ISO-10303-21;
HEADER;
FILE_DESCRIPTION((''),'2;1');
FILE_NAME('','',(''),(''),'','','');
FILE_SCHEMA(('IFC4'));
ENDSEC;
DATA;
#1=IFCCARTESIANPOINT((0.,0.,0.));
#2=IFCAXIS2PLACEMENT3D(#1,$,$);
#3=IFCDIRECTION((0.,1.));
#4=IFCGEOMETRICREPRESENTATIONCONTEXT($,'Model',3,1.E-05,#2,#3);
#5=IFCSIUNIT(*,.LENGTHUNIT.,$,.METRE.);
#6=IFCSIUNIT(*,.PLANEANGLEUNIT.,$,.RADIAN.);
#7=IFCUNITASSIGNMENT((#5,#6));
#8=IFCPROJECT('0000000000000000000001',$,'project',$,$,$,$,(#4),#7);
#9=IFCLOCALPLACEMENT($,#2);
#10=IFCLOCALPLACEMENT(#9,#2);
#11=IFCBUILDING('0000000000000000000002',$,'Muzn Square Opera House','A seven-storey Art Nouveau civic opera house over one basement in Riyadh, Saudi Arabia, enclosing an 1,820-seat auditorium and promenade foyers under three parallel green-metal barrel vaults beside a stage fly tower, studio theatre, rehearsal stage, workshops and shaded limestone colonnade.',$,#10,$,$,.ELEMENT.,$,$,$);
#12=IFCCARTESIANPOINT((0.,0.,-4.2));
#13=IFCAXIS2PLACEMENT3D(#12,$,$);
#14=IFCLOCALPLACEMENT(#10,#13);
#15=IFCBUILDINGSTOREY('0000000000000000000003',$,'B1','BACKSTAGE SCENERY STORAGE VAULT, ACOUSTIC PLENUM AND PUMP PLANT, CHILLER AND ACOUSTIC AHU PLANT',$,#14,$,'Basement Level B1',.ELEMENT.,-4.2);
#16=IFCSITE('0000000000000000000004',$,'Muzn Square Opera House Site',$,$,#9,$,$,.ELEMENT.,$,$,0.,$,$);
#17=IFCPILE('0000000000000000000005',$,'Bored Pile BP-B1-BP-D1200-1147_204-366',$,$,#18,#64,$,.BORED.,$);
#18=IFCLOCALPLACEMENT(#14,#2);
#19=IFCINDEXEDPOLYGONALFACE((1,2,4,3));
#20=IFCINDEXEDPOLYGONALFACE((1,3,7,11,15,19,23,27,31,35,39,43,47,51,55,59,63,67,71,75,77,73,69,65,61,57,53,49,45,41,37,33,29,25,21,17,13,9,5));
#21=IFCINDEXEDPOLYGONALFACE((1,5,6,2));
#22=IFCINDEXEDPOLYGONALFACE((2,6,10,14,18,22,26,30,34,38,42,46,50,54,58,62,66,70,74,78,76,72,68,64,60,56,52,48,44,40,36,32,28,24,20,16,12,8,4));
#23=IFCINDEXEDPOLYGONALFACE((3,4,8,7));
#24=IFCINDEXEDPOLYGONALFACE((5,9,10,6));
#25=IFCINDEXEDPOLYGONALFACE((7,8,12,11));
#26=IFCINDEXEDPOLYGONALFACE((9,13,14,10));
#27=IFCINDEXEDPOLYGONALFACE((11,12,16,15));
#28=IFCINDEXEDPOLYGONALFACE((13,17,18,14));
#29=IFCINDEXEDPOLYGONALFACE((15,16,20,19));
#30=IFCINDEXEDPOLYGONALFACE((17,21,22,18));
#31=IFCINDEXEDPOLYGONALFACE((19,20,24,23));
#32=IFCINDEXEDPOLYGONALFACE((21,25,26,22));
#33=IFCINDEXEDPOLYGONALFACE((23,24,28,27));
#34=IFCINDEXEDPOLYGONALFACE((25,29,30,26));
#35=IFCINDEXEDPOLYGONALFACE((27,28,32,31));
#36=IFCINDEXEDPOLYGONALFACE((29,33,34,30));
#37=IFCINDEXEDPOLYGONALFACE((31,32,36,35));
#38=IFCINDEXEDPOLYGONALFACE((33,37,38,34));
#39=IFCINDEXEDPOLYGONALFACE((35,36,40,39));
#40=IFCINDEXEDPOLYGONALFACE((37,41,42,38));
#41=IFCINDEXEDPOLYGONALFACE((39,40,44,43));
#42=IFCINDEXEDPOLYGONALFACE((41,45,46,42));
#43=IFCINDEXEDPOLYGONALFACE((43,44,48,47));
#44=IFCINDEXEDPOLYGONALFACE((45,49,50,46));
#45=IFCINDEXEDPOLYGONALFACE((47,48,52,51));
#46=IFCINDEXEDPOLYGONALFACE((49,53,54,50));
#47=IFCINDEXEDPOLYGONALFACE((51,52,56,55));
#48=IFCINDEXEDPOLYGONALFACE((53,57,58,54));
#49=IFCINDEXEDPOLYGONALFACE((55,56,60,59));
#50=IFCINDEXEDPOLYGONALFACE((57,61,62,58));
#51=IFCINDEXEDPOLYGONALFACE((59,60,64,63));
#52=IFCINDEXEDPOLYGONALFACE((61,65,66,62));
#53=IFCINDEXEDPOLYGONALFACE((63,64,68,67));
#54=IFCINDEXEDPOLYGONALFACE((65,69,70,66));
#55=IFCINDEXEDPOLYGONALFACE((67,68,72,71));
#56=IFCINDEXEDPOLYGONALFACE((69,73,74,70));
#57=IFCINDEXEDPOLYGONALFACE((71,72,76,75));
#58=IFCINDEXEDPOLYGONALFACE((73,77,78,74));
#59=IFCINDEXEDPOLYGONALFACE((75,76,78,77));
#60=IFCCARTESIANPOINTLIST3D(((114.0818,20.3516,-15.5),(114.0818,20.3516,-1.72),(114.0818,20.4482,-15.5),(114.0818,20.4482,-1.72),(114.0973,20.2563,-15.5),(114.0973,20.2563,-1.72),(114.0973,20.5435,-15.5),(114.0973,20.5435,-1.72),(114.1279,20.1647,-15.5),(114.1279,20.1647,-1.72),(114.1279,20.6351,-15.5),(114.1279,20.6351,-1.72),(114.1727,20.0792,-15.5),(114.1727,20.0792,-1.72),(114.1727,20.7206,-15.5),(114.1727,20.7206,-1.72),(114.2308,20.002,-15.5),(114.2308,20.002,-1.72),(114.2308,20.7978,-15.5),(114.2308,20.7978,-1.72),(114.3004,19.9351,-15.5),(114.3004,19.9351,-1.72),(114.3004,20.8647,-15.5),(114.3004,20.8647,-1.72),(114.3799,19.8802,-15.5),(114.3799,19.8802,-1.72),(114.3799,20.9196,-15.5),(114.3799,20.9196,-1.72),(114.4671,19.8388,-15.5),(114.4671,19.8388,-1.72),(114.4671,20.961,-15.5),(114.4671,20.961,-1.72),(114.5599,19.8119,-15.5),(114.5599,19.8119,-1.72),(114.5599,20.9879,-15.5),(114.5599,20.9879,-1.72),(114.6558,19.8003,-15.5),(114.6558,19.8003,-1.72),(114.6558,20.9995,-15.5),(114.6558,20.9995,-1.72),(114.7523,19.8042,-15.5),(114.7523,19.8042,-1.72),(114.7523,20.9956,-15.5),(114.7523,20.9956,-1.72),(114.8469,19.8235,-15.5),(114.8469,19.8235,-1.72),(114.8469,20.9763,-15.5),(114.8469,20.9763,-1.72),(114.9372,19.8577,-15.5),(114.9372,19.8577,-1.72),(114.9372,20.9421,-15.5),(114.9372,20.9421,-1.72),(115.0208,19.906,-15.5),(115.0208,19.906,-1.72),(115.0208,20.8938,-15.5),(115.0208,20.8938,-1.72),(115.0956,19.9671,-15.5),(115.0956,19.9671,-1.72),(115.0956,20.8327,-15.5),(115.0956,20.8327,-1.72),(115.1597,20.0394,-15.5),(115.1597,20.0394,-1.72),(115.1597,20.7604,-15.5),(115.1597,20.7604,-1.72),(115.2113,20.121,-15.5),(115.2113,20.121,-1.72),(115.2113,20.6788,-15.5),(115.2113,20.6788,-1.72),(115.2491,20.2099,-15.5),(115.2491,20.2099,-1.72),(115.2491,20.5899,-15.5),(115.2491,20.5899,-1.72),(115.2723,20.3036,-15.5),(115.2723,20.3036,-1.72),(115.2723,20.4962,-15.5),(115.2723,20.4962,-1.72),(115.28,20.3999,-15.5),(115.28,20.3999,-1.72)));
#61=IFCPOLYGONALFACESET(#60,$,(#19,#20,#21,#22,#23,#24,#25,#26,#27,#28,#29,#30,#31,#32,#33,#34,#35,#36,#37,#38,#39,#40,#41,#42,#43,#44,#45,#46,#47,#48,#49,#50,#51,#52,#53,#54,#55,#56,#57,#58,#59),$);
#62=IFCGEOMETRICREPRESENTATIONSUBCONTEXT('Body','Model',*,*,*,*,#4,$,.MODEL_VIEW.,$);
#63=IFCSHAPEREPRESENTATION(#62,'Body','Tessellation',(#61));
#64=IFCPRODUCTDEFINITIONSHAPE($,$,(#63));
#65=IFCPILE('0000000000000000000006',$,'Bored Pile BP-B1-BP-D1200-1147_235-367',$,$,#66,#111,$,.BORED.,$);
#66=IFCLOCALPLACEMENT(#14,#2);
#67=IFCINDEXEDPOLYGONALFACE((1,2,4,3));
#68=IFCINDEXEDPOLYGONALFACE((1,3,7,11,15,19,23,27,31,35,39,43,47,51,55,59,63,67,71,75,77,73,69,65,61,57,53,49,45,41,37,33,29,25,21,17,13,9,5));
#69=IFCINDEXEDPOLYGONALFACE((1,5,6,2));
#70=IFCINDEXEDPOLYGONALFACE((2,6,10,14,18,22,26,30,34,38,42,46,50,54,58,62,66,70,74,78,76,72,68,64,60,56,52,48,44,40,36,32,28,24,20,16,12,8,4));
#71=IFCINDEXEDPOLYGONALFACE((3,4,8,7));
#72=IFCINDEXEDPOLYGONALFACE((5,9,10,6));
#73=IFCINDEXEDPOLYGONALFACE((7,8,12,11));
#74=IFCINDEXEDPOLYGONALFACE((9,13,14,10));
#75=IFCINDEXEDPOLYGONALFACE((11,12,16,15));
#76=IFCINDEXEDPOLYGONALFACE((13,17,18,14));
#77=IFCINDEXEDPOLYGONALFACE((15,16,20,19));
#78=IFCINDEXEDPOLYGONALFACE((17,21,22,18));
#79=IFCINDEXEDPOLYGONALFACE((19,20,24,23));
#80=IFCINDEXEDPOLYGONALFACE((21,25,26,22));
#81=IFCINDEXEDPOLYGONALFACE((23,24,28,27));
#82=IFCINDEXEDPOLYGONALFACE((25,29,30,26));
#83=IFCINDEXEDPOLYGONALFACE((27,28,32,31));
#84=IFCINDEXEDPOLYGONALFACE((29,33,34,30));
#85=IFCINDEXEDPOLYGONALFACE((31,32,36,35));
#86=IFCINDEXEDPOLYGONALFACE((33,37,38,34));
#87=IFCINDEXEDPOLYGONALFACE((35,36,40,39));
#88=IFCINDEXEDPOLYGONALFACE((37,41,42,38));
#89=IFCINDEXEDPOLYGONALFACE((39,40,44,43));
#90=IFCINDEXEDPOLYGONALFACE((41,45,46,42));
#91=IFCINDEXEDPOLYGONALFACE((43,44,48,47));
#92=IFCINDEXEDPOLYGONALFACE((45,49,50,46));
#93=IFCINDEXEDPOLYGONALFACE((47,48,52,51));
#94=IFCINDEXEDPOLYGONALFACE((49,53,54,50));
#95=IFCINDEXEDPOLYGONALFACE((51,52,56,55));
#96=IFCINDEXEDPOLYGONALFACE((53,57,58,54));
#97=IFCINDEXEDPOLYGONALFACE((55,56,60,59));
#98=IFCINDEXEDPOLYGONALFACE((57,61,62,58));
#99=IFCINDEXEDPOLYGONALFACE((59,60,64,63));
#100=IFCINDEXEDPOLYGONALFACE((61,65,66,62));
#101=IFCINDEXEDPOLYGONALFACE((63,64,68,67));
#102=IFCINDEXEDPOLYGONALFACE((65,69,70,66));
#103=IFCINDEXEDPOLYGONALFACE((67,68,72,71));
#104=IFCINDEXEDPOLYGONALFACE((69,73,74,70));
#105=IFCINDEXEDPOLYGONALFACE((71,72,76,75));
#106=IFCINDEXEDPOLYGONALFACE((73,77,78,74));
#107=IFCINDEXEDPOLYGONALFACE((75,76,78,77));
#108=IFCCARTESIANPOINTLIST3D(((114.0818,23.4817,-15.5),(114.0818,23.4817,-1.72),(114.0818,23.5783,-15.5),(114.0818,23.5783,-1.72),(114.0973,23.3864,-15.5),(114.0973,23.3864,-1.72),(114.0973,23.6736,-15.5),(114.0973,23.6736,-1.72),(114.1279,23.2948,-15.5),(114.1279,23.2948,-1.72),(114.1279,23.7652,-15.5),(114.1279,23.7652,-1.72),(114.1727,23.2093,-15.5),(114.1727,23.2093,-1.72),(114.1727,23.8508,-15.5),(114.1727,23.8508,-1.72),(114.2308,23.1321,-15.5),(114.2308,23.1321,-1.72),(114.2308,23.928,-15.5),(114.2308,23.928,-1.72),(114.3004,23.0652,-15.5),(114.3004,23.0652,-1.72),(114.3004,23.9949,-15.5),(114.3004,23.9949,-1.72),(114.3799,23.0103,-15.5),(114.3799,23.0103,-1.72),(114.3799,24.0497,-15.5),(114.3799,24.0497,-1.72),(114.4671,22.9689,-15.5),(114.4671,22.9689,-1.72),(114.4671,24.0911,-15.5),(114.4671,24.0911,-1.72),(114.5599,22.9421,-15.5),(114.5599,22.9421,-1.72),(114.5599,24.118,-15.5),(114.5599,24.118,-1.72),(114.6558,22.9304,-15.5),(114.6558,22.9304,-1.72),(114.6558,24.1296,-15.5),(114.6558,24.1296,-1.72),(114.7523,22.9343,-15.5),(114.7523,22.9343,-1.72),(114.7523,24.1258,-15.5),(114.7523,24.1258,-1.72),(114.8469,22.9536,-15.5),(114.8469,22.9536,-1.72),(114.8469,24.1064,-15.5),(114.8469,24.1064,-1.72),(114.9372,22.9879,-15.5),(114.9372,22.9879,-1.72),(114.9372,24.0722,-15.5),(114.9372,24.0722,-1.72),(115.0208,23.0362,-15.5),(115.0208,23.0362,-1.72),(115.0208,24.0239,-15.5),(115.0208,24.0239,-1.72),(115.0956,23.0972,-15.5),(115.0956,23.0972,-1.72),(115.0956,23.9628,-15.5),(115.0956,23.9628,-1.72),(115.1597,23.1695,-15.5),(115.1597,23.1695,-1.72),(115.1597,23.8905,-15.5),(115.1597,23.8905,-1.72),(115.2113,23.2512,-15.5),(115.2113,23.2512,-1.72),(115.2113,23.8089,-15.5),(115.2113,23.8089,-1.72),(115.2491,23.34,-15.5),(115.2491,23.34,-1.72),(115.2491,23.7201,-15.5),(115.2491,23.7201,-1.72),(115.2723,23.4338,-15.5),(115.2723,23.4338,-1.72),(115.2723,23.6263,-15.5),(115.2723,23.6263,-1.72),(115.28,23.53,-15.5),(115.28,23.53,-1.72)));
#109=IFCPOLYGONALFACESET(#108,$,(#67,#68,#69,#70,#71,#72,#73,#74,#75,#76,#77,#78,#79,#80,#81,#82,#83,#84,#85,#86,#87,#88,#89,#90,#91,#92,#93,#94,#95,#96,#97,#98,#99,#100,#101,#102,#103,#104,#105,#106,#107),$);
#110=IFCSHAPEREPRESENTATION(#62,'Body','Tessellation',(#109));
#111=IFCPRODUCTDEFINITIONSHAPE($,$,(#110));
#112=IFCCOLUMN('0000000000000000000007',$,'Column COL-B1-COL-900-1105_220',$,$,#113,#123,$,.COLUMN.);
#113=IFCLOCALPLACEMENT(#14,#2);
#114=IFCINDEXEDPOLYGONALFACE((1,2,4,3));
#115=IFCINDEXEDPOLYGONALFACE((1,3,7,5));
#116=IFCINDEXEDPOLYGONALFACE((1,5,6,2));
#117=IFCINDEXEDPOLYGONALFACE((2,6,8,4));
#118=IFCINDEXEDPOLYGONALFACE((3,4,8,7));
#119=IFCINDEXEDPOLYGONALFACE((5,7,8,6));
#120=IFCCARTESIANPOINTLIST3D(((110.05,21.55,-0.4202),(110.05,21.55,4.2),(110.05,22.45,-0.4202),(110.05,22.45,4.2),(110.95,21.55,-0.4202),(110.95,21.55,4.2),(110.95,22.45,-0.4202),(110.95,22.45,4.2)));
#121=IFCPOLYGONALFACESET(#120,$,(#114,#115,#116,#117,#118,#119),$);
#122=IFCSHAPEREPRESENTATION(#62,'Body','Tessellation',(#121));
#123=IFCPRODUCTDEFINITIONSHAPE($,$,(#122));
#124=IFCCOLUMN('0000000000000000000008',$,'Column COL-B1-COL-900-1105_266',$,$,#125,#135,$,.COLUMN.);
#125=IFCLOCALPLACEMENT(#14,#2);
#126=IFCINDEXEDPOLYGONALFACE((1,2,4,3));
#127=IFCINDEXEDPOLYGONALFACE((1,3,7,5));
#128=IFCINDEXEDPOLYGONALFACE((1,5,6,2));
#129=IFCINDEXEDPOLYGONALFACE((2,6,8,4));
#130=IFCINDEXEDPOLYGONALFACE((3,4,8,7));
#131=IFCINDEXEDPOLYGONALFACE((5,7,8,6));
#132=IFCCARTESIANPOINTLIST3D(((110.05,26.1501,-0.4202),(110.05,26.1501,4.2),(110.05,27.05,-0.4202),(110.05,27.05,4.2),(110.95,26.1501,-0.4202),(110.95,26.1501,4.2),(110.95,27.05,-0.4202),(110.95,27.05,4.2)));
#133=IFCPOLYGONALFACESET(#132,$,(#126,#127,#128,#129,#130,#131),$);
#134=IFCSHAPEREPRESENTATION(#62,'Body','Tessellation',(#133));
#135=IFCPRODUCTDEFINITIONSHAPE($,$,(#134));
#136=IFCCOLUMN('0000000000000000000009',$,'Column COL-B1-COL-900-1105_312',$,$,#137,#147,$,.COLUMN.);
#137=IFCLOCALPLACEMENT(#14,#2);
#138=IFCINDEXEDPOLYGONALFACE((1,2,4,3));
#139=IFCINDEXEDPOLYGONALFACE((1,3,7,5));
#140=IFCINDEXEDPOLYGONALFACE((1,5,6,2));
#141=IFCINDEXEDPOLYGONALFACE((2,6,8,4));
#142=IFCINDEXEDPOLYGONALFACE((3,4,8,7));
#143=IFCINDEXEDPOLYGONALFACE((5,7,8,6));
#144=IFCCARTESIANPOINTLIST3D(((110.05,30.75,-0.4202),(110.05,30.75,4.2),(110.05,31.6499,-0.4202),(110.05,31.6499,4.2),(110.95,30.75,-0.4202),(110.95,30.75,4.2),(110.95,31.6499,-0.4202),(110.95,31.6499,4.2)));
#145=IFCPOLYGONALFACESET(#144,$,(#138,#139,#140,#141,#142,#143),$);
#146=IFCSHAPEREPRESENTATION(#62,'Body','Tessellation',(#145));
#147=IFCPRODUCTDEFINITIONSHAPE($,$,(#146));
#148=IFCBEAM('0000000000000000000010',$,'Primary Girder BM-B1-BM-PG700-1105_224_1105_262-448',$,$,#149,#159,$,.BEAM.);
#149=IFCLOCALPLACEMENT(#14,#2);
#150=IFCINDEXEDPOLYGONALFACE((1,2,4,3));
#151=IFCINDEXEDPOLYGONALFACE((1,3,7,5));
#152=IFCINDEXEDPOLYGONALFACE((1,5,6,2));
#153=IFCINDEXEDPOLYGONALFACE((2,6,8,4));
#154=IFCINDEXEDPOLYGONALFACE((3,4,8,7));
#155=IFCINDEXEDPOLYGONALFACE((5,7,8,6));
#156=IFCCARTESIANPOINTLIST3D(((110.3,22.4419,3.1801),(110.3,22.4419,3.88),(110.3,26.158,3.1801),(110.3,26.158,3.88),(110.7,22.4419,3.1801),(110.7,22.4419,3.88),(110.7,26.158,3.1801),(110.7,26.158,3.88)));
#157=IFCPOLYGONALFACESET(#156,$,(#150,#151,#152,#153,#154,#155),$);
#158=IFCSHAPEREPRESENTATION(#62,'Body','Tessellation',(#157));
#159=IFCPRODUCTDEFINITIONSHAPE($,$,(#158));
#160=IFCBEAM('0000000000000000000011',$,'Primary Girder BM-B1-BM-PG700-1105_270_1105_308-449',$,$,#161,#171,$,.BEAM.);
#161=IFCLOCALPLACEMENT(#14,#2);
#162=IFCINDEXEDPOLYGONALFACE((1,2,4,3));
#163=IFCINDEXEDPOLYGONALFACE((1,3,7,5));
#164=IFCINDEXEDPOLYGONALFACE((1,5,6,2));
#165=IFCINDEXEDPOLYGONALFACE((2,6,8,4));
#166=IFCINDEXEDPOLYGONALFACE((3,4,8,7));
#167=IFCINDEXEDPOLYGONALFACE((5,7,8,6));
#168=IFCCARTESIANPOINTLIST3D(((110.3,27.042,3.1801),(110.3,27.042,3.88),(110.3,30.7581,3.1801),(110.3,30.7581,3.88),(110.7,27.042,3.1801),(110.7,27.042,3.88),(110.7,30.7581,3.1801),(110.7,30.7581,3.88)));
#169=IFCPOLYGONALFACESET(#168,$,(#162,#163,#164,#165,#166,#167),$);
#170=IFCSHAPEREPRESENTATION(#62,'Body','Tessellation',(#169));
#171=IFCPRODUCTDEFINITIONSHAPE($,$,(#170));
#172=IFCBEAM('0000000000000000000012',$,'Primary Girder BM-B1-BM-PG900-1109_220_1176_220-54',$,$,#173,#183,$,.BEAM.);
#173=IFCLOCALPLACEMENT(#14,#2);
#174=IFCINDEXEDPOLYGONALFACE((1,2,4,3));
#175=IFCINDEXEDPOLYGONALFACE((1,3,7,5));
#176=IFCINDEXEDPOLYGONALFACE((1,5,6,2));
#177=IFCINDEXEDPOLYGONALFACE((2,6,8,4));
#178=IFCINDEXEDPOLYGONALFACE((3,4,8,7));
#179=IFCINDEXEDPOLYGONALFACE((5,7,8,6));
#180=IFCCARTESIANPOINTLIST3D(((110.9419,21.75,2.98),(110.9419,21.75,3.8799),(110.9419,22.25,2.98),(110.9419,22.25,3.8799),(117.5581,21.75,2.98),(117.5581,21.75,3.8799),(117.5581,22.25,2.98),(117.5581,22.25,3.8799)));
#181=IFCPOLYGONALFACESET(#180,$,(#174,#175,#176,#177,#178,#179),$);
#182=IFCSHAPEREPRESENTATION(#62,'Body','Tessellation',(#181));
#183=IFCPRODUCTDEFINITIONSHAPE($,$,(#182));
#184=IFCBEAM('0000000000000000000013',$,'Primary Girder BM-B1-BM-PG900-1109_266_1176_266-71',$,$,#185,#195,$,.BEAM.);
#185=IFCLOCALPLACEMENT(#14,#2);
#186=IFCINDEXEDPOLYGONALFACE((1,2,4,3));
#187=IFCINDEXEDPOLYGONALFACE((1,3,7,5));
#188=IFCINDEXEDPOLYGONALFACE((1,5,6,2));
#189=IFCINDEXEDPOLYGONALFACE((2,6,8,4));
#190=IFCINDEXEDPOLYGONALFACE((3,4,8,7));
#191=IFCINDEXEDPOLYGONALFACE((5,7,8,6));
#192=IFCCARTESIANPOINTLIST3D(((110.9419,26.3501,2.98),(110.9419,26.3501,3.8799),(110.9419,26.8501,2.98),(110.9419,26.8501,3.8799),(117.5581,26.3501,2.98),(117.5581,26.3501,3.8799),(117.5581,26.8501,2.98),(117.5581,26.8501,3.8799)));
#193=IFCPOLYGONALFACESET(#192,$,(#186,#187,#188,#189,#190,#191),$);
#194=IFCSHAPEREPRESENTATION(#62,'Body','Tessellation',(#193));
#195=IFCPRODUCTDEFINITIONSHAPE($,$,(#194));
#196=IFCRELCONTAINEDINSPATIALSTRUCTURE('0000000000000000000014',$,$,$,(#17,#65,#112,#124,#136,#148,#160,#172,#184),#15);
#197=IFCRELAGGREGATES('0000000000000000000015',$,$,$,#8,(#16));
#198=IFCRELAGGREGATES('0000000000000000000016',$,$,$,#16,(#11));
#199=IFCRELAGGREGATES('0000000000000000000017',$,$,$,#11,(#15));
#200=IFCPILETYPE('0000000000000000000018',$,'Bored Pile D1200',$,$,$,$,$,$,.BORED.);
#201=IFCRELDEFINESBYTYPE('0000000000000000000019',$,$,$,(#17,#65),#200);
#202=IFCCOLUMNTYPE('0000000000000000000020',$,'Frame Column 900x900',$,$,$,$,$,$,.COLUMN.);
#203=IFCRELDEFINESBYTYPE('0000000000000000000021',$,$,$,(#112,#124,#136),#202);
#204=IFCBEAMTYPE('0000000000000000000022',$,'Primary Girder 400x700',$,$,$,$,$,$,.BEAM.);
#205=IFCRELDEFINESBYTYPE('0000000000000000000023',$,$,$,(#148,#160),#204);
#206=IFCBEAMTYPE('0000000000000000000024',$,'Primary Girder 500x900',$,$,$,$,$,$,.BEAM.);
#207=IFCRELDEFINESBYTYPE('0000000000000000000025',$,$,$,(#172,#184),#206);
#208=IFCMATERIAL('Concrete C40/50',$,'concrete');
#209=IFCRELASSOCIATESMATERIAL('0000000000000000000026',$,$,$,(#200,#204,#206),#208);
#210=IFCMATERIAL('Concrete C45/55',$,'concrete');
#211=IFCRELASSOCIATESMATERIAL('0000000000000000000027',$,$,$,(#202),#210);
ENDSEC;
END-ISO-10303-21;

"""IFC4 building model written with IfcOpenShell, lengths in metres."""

from ifc_helpers import new_model, si_unit, direction, frame, origin, origin_2d, place, context, subcontext, project, spatial, rectangle, circle, extrude, material, material_profile, profile_set, type_object, element, save


model = new_model("IFC4")

# Units and contexts
model_context = context("Model", 3, precision=1e-05, world=origin(), true_north=direction((0.0, 1.0)))
body_context = subcontext(model_context, "Body", "Model", "MODEL_VIEW")
ifc_project = project(units=[si_unit("LENGTHUNIT", "METRE"), si_unit("PLANEANGLEUNIT", "RADIAN")], contexts=[model_context])

# Site, building, storey
site_placement = place(None, origin())
site = spatial("IfcSite", under=ifc_project, at=site_placement, Name="Muzn Square Opera House Site", CompositionType="ELEMENT", RefElevation=0.0)
building_placement = place(site_placement, origin())
building = spatial("IfcBuilding", under=site, at=building_placement, Name="Muzn Square Opera House", Description="A seven-storey Art Nouveau civic opera house over one basement in Riyadh, Saudi Arabia, enclosing an 1,820-seat auditorium and promenade foyers under three parallel green-metal barrel vaults beside a stage fly tower, studio theatre, rehearsal stage, workshops and shaded limestone colonnade.", CompositionType="ELEMENT")
storey_placement = place(building_placement, frame((0.0, 0.0, -4.2)))
storey = spatial("IfcBuildingStorey", under=building, at=storey_placement, Name="B1", Description="BACKSTAGE SCENERY STORAGE VAULT, ACOUSTIC PLENUM AND PUMP PLANT, CHILLER AND ACOUSTIC AHU PLANT", LongName="Basement Level B1", CompositionType="ELEMENT", Elevation=-4.2)

# Piles
ifc_material_1 = material(Name="Concrete C40/50", Category="concrete")
ifc_material_profile_1 = material_profile(ifc_material_1, circle(Radius=0.6001, at=origin_2d()), Name="BORED PILE D1200", Category="concrete")
ifc_profile_set_1 = profile_set([ifc_material_profile_1], Name="Concrete C40/50")
pile_type = type_object("IfcPileType", Name="Bored Pile D1200", PredefinedType="BORED", material=ifc_profile_set_1)
for number, where, z_axis, x_axis, name in (
    (1, (114.6799, 20.3999, -1.72), (0.0, 0.0, -1.0), (1.0, 0.0, 0.0), "Bored Pile BP-B1-BP-D1200-1147_204-366"),
    (2, (114.6799, 23.53, -1.72), (0.0, 0.0, -1.0), (1.0, 0.0, 0.0), "Bored Pile BP-B1-BP-D1200-1147_235-367"),
):
    element("IfcPile", number, at=place(storey_placement, frame(where, z_axis=z_axis, x_axis=x_axis)), inside=storey, type_object=pile_type, Name=name, PredefinedType="BORED", context=body_context, shape_type="SweptSolid", body=[
        extrude(circle(Radius=0.6001, at=origin_2d()), origin(), (0.0, 0.0, 1.0), 13.78),
    ])

# Columns
ifc_material_2 = material(Name="Concrete C45/55", Category="concrete")
ifc_material_profile_2 = material_profile(ifc_material_2, rectangle(XDim=0.8999, YDim=0.8999, at=origin_2d()), Name="RC 900x900", Category="concrete")
ifc_profile_set_2 = profile_set([ifc_material_profile_2], Name="Concrete C45/55")
column_type = type_object("IfcColumnType", Name="Frame Column 900x900", PredefinedType="COLUMN", material=ifc_profile_set_2)
for number, where, z_axis, x_axis, name in (
    (3, (110.5, 22.0, -0.4202), (0.0, 0.0, 1.0), (1.0, 0.0, 0.0), "Column COL-B1-COL-900-1105_220"),
    (4, (110.5, 26.6001, -0.4202), (0.0, 0.0, 1.0), (1.0, 0.0, 0.0), "Column COL-B1-COL-900-1105_266"),
    (5, (110.5, 31.2, -0.4202), (0.0, 0.0, 1.0), (1.0, 0.0, 0.0), "Column COL-B1-COL-900-1105_312"),
):
    element("IfcColumn", number, at=place(storey_placement, frame(where, z_axis=z_axis, x_axis=x_axis)), inside=storey, type_object=column_type, Name=name, PredefinedType="COLUMN", context=body_context, shape_type="SweptSolid", body=[
        extrude(rectangle(XDim=0.8999, YDim=0.8999, at=origin_2d()), origin(), (0.0, 0.0, 1.0), 4.6201),
    ])

# Beams
ifc_material_profile_3 = material_profile(ifc_material_1, rectangle(XDim=0.3999, YDim=0.7, at=origin_2d()), Name="RCB 400x700", Category="concrete")
ifc_profile_set_3 = profile_set([ifc_material_profile_3], Name="Concrete C40/50")
beam_type_1 = type_object("IfcBeamType", Name="Primary Girder 400x700", PredefinedType="BEAM", material=ifc_profile_set_3)
for number, where, z_axis, x_axis, name in (
    (6, (110.5, 22.4419, 3.53), (0.0, 1.0, 0.0), (-1.0, 0.0, 0.0), "Primary Girder BM-B1-BM-PG700-1105_224_1105_262-448"),
    (7, (110.5, 27.042, 3.53), (0.0, 1.0, 0.0), (-1.0, 0.0, 0.0), "Primary Girder BM-B1-BM-PG700-1105_270_1105_308-449"),
):
    element("IfcBeam", number, at=place(storey_placement, frame(where, z_axis=z_axis, x_axis=x_axis)), inside=storey, type_object=beam_type_1, Name=name, PredefinedType="BEAM", context=body_context, shape_type="SweptSolid", body=[
        extrude(rectangle(XDim=0.3999, YDim=0.7, at=origin_2d()), origin(), (0.0, 0.0, 1.0), 3.7161),
    ])
ifc_material_profile_4 = material_profile(ifc_material_1, rectangle(XDim=0.5, YDim=0.8999, at=origin_2d()), Name="RCB 500x900", Category="concrete")
ifc_profile_set_4 = profile_set([ifc_material_profile_4], Name="Concrete C40/50")
beam_type_2 = type_object("IfcBeamType", Name="Primary Girder 500x900", PredefinedType="BEAM", material=ifc_profile_set_4)
for number, where, z_axis, x_axis, name in (
    (8, (110.9419, 22.0, 3.4299), (1.0, 0.0, 0.0), (0.0, 1.0, 0.0), "Primary Girder BM-B1-BM-PG900-1109_220_1176_220-54"),
    (9, (110.9419, 26.6001, 3.4299), (1.0, 0.0, 0.0), (0.0, 1.0, 0.0), "Primary Girder BM-B1-BM-PG900-1109_266_1176_266-71"),
):
    element("IfcBeam", number, at=place(storey_placement, frame(where, z_axis=z_axis, x_axis=x_axis)), inside=storey, type_object=beam_type_2, Name=name, PredefinedType="BEAM", context=body_context, shape_type="SweptSolid", body=[
        extrude(rectangle(XDim=0.5, YDim=0.8999, at=origin_2d()), origin(), (0.0, 0.0, 1.0), 6.6162),
    ])

save(model, "model.ifc")
